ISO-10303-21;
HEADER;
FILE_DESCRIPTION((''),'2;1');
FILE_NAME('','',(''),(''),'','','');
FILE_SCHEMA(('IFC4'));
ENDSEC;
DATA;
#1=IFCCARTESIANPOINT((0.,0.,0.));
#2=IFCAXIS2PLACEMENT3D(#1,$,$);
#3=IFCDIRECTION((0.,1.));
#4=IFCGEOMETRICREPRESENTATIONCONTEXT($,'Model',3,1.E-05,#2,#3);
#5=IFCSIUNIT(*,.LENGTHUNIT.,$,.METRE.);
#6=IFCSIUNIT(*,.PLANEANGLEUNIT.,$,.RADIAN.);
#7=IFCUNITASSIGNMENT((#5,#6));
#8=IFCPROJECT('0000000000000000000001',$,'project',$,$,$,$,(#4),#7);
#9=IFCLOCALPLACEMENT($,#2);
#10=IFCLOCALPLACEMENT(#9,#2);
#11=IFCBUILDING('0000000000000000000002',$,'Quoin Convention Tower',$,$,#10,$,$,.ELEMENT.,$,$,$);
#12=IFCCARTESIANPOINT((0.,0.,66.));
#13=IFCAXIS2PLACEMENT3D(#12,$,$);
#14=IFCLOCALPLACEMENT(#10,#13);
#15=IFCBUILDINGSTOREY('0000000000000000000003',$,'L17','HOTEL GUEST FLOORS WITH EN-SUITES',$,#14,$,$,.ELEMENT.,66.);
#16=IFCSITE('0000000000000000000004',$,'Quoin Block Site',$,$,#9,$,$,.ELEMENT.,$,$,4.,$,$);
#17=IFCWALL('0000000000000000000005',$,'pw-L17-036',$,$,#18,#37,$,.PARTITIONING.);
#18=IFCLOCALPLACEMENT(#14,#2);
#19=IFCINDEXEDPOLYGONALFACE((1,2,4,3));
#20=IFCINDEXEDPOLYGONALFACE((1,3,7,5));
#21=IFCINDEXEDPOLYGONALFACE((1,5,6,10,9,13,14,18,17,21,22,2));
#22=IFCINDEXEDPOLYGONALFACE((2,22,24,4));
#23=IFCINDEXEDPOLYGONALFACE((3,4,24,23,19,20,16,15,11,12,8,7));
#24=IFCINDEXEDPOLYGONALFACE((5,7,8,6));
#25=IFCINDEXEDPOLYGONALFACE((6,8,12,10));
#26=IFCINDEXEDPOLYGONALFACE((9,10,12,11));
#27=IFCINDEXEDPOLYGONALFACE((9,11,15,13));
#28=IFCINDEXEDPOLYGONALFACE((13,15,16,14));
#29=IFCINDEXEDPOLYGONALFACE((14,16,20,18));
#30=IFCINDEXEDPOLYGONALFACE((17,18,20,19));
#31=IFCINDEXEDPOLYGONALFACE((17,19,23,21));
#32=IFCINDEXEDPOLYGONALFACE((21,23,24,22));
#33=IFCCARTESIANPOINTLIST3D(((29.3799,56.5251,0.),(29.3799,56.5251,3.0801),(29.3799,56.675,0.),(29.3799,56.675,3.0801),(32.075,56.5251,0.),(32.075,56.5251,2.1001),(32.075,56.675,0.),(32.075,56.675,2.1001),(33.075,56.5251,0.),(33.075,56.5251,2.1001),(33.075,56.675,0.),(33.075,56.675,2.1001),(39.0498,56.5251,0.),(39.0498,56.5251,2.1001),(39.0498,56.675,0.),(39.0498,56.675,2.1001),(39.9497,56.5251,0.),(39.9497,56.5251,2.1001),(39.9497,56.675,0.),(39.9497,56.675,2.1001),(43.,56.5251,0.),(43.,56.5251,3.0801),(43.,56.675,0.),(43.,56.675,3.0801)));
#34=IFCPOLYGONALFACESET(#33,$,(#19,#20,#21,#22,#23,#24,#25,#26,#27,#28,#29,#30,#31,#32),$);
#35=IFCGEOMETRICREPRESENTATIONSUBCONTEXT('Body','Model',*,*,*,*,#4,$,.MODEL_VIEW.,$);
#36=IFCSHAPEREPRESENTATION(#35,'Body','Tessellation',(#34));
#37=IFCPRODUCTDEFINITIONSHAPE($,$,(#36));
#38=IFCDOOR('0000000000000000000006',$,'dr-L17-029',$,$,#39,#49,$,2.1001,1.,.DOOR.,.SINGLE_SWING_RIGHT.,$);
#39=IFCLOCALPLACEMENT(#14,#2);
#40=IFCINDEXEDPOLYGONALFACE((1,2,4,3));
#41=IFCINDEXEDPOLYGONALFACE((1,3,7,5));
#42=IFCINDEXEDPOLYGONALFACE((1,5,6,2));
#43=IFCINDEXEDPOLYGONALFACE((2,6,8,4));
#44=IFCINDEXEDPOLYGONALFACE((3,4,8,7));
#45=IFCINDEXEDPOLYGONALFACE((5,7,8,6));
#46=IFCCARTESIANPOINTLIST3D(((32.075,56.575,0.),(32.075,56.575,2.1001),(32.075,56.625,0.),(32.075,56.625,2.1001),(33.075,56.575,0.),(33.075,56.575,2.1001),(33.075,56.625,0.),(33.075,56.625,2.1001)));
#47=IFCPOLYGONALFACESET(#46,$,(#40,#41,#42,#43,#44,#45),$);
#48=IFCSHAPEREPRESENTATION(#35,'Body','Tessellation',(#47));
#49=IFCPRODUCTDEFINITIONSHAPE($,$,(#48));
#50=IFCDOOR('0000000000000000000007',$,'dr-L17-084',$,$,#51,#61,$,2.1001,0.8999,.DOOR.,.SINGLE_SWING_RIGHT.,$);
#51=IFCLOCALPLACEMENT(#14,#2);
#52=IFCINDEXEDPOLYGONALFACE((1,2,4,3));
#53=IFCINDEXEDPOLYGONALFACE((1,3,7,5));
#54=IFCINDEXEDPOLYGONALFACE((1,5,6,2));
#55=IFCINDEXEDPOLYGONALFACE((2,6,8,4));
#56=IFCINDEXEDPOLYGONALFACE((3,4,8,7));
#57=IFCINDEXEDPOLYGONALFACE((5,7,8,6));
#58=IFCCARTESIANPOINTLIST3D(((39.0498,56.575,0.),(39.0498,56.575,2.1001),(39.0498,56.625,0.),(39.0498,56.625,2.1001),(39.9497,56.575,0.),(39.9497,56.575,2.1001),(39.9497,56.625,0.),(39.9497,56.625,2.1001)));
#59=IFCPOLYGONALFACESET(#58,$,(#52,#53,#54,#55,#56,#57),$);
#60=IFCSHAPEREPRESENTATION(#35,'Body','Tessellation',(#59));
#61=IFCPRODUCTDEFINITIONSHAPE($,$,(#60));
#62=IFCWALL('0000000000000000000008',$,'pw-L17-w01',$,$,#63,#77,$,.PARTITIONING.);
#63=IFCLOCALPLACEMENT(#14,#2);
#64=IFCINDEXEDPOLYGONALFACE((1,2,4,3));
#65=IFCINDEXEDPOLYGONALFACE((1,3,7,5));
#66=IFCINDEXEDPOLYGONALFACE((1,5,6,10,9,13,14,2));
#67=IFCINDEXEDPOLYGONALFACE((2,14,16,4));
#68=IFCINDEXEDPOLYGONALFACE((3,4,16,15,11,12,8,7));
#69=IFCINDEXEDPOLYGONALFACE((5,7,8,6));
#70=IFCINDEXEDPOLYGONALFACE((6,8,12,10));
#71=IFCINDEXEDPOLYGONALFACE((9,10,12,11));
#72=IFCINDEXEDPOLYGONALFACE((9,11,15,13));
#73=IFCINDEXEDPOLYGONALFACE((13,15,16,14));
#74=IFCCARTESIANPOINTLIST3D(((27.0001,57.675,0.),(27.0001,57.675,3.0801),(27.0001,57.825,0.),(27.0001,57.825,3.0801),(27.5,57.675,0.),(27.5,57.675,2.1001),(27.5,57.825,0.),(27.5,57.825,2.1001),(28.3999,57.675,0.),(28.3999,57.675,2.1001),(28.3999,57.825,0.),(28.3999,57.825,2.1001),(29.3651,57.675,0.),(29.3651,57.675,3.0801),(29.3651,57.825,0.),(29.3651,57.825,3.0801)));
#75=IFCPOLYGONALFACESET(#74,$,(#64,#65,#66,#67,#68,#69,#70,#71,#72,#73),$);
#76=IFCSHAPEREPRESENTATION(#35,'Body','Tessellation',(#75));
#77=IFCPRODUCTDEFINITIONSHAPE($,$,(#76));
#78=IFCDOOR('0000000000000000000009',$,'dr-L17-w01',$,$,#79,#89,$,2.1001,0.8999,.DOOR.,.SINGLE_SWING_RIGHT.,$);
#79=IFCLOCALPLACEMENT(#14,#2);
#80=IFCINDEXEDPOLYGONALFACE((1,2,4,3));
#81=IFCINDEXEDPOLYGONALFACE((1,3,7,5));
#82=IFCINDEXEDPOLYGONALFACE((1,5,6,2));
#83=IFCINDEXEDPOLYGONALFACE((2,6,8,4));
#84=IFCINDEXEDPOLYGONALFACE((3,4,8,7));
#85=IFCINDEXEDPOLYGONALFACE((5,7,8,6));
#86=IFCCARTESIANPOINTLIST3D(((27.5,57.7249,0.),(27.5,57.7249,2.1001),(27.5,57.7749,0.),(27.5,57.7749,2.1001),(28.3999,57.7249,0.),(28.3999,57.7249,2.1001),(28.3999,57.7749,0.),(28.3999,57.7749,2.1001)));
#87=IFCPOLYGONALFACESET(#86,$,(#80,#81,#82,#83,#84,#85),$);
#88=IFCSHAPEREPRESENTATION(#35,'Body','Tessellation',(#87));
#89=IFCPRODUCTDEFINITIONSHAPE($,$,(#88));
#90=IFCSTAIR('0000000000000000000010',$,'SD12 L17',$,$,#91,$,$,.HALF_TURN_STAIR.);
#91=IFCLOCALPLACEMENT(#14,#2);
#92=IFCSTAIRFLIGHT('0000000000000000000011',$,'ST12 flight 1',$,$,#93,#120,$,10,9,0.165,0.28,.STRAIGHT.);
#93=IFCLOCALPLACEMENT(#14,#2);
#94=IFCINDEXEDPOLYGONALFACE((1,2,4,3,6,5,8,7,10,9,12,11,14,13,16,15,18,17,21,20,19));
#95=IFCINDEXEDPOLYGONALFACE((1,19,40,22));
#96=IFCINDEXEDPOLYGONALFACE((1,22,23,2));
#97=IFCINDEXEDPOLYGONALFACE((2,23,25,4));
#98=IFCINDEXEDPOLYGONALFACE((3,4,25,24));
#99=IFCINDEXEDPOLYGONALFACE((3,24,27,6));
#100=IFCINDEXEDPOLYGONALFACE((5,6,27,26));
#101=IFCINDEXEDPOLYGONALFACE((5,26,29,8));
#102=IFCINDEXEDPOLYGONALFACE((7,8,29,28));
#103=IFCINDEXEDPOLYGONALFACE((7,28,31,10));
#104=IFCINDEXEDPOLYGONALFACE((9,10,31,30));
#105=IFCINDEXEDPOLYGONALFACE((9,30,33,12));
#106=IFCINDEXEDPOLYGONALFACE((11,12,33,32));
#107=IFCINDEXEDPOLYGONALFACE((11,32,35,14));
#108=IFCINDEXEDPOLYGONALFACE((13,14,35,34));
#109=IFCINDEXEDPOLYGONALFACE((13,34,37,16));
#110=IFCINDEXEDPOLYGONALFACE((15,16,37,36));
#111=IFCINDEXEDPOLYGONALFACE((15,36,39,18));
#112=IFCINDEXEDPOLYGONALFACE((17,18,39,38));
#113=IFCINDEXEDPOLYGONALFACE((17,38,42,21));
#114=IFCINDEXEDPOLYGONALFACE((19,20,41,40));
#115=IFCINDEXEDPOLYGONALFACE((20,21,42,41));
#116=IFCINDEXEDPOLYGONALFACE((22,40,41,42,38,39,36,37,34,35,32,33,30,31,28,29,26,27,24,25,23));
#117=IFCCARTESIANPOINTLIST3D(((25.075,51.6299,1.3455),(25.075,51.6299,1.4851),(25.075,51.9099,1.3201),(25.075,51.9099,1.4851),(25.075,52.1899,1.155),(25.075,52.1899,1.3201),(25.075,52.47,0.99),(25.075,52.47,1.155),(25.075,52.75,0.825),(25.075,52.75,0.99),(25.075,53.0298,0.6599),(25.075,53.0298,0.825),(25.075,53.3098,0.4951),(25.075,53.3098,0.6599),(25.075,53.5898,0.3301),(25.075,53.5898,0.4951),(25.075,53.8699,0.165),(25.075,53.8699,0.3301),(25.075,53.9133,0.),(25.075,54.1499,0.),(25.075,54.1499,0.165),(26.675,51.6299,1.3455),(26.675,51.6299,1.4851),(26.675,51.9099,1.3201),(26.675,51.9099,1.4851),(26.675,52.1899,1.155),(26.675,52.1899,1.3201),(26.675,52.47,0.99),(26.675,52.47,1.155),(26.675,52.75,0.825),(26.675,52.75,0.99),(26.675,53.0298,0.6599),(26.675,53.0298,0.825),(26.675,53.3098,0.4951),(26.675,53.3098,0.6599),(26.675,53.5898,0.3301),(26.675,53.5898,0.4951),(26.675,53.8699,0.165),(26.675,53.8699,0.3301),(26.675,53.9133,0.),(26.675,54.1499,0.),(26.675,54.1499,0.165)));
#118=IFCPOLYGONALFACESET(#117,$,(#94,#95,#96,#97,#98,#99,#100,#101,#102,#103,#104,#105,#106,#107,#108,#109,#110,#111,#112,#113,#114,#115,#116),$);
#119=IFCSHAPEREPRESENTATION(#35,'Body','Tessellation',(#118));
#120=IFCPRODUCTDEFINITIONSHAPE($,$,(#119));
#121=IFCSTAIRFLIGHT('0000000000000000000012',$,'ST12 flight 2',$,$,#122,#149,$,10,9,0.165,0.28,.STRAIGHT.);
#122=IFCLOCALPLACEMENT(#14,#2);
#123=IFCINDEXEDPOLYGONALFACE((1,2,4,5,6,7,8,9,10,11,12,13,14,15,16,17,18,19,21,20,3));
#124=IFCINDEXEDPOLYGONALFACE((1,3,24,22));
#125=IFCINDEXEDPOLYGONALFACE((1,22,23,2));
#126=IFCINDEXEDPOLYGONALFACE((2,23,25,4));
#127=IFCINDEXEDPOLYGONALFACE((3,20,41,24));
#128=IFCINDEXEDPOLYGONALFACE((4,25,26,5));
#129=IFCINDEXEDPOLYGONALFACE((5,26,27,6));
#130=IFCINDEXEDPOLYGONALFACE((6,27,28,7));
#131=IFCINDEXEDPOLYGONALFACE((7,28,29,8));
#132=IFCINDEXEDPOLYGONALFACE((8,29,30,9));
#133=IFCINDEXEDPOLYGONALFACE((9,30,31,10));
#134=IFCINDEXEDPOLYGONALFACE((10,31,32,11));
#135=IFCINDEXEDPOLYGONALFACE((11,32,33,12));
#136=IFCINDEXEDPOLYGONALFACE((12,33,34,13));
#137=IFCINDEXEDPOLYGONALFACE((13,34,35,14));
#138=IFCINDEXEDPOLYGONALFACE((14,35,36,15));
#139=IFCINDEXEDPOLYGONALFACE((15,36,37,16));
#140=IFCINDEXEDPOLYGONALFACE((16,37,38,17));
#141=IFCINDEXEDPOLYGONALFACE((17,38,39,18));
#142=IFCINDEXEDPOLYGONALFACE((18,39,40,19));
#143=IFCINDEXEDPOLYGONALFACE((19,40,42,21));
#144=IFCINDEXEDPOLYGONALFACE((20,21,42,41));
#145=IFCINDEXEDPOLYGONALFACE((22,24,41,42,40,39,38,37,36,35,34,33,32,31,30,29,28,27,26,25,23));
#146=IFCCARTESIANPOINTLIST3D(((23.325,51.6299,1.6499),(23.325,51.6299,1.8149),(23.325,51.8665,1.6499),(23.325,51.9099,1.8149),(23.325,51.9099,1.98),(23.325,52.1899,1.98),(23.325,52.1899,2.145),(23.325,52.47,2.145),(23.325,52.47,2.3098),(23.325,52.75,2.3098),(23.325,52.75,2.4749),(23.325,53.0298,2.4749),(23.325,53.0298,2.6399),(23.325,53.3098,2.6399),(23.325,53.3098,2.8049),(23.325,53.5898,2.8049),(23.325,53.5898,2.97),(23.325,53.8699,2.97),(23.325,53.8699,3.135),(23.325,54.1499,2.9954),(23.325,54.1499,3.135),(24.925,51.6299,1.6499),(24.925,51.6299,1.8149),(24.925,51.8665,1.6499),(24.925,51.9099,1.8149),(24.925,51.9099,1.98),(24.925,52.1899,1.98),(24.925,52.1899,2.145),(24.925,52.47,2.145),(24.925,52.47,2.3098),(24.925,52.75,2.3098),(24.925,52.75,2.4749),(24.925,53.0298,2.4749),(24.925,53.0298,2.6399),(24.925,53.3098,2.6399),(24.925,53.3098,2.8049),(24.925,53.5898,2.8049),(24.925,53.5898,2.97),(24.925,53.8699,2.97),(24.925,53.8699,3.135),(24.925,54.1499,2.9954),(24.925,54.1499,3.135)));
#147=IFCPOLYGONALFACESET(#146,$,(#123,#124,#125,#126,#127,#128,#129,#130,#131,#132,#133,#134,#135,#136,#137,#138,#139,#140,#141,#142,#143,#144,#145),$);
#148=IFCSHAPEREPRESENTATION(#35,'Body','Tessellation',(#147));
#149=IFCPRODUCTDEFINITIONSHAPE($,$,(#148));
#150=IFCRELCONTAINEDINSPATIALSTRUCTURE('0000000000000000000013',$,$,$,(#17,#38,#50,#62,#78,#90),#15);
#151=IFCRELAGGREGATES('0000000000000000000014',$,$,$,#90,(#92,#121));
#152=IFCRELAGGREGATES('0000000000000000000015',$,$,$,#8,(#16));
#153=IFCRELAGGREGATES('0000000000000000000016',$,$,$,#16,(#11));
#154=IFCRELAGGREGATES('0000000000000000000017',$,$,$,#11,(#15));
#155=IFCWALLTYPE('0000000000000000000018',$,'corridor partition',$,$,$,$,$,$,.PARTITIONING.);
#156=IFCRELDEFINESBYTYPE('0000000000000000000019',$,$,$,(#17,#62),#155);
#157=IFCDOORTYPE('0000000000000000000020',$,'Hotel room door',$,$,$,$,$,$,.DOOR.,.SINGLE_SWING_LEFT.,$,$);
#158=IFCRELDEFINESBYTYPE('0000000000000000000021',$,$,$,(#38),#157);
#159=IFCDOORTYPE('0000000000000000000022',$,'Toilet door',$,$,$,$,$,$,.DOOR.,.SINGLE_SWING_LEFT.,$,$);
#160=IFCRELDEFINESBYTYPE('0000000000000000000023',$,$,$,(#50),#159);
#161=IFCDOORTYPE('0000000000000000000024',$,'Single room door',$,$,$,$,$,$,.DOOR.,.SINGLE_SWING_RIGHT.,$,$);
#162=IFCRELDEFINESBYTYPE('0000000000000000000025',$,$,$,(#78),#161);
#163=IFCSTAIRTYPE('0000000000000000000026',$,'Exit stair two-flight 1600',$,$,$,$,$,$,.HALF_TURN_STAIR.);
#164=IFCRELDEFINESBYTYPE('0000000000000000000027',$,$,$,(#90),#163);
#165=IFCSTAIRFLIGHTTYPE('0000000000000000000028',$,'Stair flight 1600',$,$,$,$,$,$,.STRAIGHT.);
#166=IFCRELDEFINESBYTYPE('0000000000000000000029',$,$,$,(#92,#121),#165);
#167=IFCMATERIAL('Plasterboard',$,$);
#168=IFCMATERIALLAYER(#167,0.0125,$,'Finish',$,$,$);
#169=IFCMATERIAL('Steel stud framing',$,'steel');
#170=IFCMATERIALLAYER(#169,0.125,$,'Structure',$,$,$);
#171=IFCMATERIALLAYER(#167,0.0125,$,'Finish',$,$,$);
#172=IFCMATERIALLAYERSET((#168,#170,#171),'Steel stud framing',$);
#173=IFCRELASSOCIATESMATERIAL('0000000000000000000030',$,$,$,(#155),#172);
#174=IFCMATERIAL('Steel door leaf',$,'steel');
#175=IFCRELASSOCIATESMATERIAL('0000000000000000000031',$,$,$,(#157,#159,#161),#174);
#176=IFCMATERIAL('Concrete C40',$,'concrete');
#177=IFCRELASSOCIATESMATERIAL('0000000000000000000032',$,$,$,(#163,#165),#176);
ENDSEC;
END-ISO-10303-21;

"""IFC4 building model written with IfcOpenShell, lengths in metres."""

from ifc_helpers import new_model, si_unit, direction, frame, frame_2d, origin, place, context, subcontext, project, spatial, polyline, rectangle, outline, extrude, material, layer, layer_set, type_object, element, fill, aggregate, save


model = new_model("IFC4")

# Units and contexts
model_context = context("Model", 3, precision=1e-05, world=origin(), true_north=direction((0.0, 1.0)))
body_context = subcontext(model_context, "Body", "Model", "MODEL_VIEW")
ifc_project = project(units=[si_unit("LENGTHUNIT", "METRE"), si_unit("PLANEANGLEUNIT", "RADIAN")], contexts=[model_context])

# Site, building, storey
site_placement = place(None, origin())
site = spatial("IfcSite", under=ifc_project, at=site_placement, Name="Quoin Block Site", CompositionType="ELEMENT", RefElevation=4.0)
building_placement = place(site_placement, origin())
building = spatial("IfcBuilding", under=site, at=building_placement, Name="Quoin Convention Tower", CompositionType="ELEMENT")
storey_placement = place(building_placement, frame((0.0, 0.0, 66.0)))
storey = spatial("IfcBuildingStorey", under=building, at=storey_placement, Name="L17", Description="HOTEL GUEST FLOORS WITH EN-SUITES", CompositionType="ELEMENT", Elevation=66.0)

# Shared definitions
ifc_material_1 = material(Name="Steel door leaf", Category="steel")

# Wall, openings, doors
ifc_material_2 = material(Name="Plasterboard")
ifc_layer_1 = layer(ifc_material_2, 0.0125, Name="Finish")
ifc_material_3 = material(Name="Steel stud framing", Category="steel")
ifc_layer_2 = layer(ifc_material_3, 0.125, Name="Structure")
ifc_layer_3 = layer(ifc_material_2, 0.0125, Name="Finish")
ifc_layer_set_1 = layer_set([ifc_layer_1, ifc_layer_2, ifc_layer_3], Name="Steel stud framing")
wall_type_1 = type_object("IfcWallType", Name="corridor partition", PredefinedType="PARTITIONING", material=ifc_layer_set_1)
wall_1_placement = place(storey_placement, frame((29.3799, 56.6001, 0.0), z_axis=(0.0, 0.0, 1.0), x_axis=(1.0, 0.0, 0.0)))
wall_1 = element("IfcWall", 1, at=wall_1_placement, inside=storey, type_object=wall_type_1, Name="pw-L17-036", PredefinedType="PARTITIONING", context=body_context, shape_type="SweptSolid", body=[
    extrude(rectangle(XDim=13.6201, YDim=0.1499, at=frame_2d((6.8101, 0.0))), origin(), (0.0, 0.0, 1.0), 3.0801),
])
opening_1_placement = place(wall_1_placement, frame((2.6951, 0.0, 0.0)))
opening_1 = element("IfcOpeningElement", 2, at=opening_1_placement, cuts=wall_1, PredefinedType="OPENING", context=body_context, shape_type="SweptSolid", body=[
    extrude(rectangle(XDim=1.0, YDim=2.1001, at=frame_2d((0.5, 1.05))), frame((0.0, 0.085, 0.0), z_axis=(0.0, -1.0, 0.0), x_axis=(1.0, 0.0, 0.0)), (0.0, 0.0, 1.0), 0.1699),
])
opening_2_placement = place(wall_1_placement, frame((9.6699, 0.0, 0.0)))
opening_2 = element("IfcOpeningElement", 3, at=opening_2_placement, cuts=wall_1, PredefinedType="OPENING", context=body_context, shape_type="SweptSolid", body=[
    extrude(rectangle(XDim=0.8999, YDim=2.1001, at=frame_2d((0.45, 1.05))), frame((0.0, 0.085, 0.0), z_axis=(0.0, -1.0, 0.0), x_axis=(1.0, 0.0, 0.0)), (0.0, 0.0, 1.0), 0.1699),
])
door_type_1 = type_object("IfcDoorType", Name="Hotel room door", OperationType="SINGLE_SWING_LEFT", PredefinedType="DOOR", material=ifc_material_1)
door_1_placement = place(opening_1_placement, origin())
door_1 = element("IfcDoor", 4, at=door_1_placement, inside=storey, type_object=door_type_1, Name="dr-L17-029", OperationType="SINGLE_SWING_RIGHT", OverallHeight=2.1001, OverallWidth=1.0, PredefinedType="DOOR", context=body_context, shape_type="SweptSolid", body=[
    extrude(rectangle(XDim=1.0, YDim=2.1001, at=frame_2d((0.5, 1.05))), frame((0.0, 0.0249, 0.0), z_axis=(0.0, -1.0, 0.0), x_axis=(1.0, 0.0, 0.0)), (0.0, 0.0, 1.0), 0.05),
])
fill(opening_1, door_1)
door_type_2 = type_object("IfcDoorType", Name="Toilet door", OperationType="SINGLE_SWING_LEFT", PredefinedType="DOOR", material=ifc_material_1)
door_2_placement = place(opening_2_placement, origin())
door_2 = element("IfcDoor", 5, at=door_2_placement, inside=storey, type_object=door_type_2, Name="dr-L17-084", OperationType="SINGLE_SWING_RIGHT", OverallHeight=2.1001, OverallWidth=0.8999, PredefinedType="DOOR", context=body_context, shape_type="SweptSolid", body=[
    extrude(rectangle(XDim=0.8999, YDim=2.1001, at=frame_2d((0.45, 1.05))), frame((0.0, 0.0249, 0.0), z_axis=(0.0, -1.0, 0.0), x_axis=(1.0, 0.0, 0.0)), (0.0, 0.0, 1.0), 0.05),
])
fill(opening_2, door_2)

# Wall, opening, door
wall_2_placement = place(storey_placement, frame((27.0, 57.75, 0.0), z_axis=(0.0, 0.0, 1.0), x_axis=(1.0, 0.0, 0.0)))
wall_2 = element("IfcWall", 6, at=wall_2_placement, inside=storey, type_object=wall_type_1, Name="pw-L17-w01", PredefinedType="PARTITIONING", context=body_context, shape_type="SweptSolid", body=[
    extrude(rectangle(XDim=2.365, YDim=0.1499, at=frame_2d((1.1826, 0.0))), origin(), (0.0, 0.0, 1.0), 3.0801),
])
opening_3_placement = place(wall_2_placement, frame((0.5, 0.0, 0.0)))
opening_3 = element("IfcOpeningElement", 7, at=opening_3_placement, cuts=wall_2, PredefinedType="OPENING", context=body_context, shape_type="SweptSolid", body=[
    extrude(rectangle(XDim=0.8999, YDim=2.1001, at=frame_2d((0.45, 1.05))), frame((0.0, 0.085, 0.0), z_axis=(0.0, -1.0, 0.0), x_axis=(1.0, 0.0, 0.0)), (0.0, 0.0, 1.0), 0.1699),
])
door_type_3 = type_object("IfcDoorType", Name="Single room door", OperationType="SINGLE_SWING_RIGHT", PredefinedType="DOOR", material=ifc_material_1)
door_3_placement = place(opening_3_placement, origin())
door_3 = element("IfcDoor", 8, at=door_3_placement, inside=storey, type_object=door_type_3, Name="dr-L17-w01", OperationType="SINGLE_SWING_RIGHT", OverallHeight=2.1001, OverallWidth=0.8999, PredefinedType="DOOR", context=body_context, shape_type="SweptSolid", body=[
    extrude(rectangle(XDim=0.8999, YDim=2.1001, at=frame_2d((0.45, 1.05))), frame((0.0, 0.0249, 0.0), z_axis=(0.0, -1.0, 0.0), x_axis=(1.0, 0.0, 0.0)), (0.0, 0.0, 1.0), 0.05),
])
fill(opening_3, door_3)

# Stair, stair flights
ifc_material_4 = material(Name="Concrete C40", Category="concrete")
stair_type = type_object("IfcStairType", Name="Exit stair two-flight 1600", PredefinedType="HALF_TURN_STAIR", material=ifc_material_4)
stair_placement = place(storey_placement, origin())
stair = element("IfcStair", 9, at=stair_placement, inside=storey, type_object=stair_type, Name="SD12 L17", PredefinedType="HALF_TURN_STAIR")
stair_flight_type = type_object("IfcStairFlightType", Name="Stair flight 1600", PredefinedType="STRAIGHT", material=ifc_material_4)
stair_flight_1_placement = place(storey_placement, frame((25.875, 54.1499, 0.0), z_axis=(0.0, 0.0, 1.0), x_axis=(0.0, -1.0, 0.0)))
stair_flight_1 = element("IfcStairFlight", 10, at=stair_flight_1_placement, type_object=stair_flight_type, Name="ST12 flight 1", NumberOfRisers=10, NumberOfTreads=9, PredefinedType="STRAIGHT", RiserHeight=0.165, TreadLength=0.28, context=body_context, shape_type="SweptSolid", body=[
    extrude(outline(polyline([(0.0, 0.0), (0.0, 0.165), (0.28, 0.165), (0.28, 0.3301), (0.5601, 0.3301), (0.5601, 0.4951), (0.8401, 0.4951), (0.8401, 0.6599), (1.1201, 0.6599), (1.1201, 0.825), (1.3999, 0.825), (1.3999, 0.99), (1.6799, 0.99), (1.6799, 1.155), (1.96, 1.155), (1.96, 1.3201), (2.24, 1.3201), (2.24, 1.4851), (2.52, 1.4851), (2.52, 1.6499), (2.52, 1.3455), (0.2366, 0.0), (0.0, 0.0)])), frame((0.0, 0.8, 0.0), z_axis=(0.0, -1.0, 0.0), x_axis=(1.0, 0.0, 0.0)), (0.0, 0.0, 1.0), 1.6001),
])
stair_flight_2_placement = place(storey_placement, frame((24.125, 51.6299, 1.6499), z_axis=(0.0, 0.0, 1.0), x_axis=(0.0, 1.0, 0.0)))
stair_flight_2 = element("IfcStairFlight", 11, at=stair_flight_2_placement, type_object=stair_flight_type, Name="ST12 flight 2", NumberOfRisers=10, NumberOfTreads=9, PredefinedType="STRAIGHT", RiserHeight=0.165, TreadLength=0.28, context=body_context, shape_type="SweptSolid", body=[
    extrude(outline(polyline([(0.0, 0.0), (0.0, 0.165), (0.28, 0.165), (0.28, 0.3301), (0.5601, 0.3301), (0.5601, 0.4951), (0.8401, 0.4951), (0.8401, 0.6599), (1.1201, 0.6599), (1.1201, 0.825), (1.3999, 0.825), (1.3999, 0.99), (1.6799, 0.99), (1.6799, 1.155), (1.96, 1.155), (1.96, 1.3201), (2.24, 1.3201), (2.24, 1.4851), (2.52, 1.4851), (2.52, 1.6499), (2.52, 1.3455), (0.2366, 0.0), (0.0, 0.0)])), frame((0.0, 0.8, 0.0), z_axis=(0.0, -1.0, 0.0), x_axis=(1.0, 0.0, 0.0)), (0.0, 0.0, 1.0), 1.6001),
])
aggregate(stair, [stair_flight_1, stair_flight_2])

save(model, "model.ifc")
